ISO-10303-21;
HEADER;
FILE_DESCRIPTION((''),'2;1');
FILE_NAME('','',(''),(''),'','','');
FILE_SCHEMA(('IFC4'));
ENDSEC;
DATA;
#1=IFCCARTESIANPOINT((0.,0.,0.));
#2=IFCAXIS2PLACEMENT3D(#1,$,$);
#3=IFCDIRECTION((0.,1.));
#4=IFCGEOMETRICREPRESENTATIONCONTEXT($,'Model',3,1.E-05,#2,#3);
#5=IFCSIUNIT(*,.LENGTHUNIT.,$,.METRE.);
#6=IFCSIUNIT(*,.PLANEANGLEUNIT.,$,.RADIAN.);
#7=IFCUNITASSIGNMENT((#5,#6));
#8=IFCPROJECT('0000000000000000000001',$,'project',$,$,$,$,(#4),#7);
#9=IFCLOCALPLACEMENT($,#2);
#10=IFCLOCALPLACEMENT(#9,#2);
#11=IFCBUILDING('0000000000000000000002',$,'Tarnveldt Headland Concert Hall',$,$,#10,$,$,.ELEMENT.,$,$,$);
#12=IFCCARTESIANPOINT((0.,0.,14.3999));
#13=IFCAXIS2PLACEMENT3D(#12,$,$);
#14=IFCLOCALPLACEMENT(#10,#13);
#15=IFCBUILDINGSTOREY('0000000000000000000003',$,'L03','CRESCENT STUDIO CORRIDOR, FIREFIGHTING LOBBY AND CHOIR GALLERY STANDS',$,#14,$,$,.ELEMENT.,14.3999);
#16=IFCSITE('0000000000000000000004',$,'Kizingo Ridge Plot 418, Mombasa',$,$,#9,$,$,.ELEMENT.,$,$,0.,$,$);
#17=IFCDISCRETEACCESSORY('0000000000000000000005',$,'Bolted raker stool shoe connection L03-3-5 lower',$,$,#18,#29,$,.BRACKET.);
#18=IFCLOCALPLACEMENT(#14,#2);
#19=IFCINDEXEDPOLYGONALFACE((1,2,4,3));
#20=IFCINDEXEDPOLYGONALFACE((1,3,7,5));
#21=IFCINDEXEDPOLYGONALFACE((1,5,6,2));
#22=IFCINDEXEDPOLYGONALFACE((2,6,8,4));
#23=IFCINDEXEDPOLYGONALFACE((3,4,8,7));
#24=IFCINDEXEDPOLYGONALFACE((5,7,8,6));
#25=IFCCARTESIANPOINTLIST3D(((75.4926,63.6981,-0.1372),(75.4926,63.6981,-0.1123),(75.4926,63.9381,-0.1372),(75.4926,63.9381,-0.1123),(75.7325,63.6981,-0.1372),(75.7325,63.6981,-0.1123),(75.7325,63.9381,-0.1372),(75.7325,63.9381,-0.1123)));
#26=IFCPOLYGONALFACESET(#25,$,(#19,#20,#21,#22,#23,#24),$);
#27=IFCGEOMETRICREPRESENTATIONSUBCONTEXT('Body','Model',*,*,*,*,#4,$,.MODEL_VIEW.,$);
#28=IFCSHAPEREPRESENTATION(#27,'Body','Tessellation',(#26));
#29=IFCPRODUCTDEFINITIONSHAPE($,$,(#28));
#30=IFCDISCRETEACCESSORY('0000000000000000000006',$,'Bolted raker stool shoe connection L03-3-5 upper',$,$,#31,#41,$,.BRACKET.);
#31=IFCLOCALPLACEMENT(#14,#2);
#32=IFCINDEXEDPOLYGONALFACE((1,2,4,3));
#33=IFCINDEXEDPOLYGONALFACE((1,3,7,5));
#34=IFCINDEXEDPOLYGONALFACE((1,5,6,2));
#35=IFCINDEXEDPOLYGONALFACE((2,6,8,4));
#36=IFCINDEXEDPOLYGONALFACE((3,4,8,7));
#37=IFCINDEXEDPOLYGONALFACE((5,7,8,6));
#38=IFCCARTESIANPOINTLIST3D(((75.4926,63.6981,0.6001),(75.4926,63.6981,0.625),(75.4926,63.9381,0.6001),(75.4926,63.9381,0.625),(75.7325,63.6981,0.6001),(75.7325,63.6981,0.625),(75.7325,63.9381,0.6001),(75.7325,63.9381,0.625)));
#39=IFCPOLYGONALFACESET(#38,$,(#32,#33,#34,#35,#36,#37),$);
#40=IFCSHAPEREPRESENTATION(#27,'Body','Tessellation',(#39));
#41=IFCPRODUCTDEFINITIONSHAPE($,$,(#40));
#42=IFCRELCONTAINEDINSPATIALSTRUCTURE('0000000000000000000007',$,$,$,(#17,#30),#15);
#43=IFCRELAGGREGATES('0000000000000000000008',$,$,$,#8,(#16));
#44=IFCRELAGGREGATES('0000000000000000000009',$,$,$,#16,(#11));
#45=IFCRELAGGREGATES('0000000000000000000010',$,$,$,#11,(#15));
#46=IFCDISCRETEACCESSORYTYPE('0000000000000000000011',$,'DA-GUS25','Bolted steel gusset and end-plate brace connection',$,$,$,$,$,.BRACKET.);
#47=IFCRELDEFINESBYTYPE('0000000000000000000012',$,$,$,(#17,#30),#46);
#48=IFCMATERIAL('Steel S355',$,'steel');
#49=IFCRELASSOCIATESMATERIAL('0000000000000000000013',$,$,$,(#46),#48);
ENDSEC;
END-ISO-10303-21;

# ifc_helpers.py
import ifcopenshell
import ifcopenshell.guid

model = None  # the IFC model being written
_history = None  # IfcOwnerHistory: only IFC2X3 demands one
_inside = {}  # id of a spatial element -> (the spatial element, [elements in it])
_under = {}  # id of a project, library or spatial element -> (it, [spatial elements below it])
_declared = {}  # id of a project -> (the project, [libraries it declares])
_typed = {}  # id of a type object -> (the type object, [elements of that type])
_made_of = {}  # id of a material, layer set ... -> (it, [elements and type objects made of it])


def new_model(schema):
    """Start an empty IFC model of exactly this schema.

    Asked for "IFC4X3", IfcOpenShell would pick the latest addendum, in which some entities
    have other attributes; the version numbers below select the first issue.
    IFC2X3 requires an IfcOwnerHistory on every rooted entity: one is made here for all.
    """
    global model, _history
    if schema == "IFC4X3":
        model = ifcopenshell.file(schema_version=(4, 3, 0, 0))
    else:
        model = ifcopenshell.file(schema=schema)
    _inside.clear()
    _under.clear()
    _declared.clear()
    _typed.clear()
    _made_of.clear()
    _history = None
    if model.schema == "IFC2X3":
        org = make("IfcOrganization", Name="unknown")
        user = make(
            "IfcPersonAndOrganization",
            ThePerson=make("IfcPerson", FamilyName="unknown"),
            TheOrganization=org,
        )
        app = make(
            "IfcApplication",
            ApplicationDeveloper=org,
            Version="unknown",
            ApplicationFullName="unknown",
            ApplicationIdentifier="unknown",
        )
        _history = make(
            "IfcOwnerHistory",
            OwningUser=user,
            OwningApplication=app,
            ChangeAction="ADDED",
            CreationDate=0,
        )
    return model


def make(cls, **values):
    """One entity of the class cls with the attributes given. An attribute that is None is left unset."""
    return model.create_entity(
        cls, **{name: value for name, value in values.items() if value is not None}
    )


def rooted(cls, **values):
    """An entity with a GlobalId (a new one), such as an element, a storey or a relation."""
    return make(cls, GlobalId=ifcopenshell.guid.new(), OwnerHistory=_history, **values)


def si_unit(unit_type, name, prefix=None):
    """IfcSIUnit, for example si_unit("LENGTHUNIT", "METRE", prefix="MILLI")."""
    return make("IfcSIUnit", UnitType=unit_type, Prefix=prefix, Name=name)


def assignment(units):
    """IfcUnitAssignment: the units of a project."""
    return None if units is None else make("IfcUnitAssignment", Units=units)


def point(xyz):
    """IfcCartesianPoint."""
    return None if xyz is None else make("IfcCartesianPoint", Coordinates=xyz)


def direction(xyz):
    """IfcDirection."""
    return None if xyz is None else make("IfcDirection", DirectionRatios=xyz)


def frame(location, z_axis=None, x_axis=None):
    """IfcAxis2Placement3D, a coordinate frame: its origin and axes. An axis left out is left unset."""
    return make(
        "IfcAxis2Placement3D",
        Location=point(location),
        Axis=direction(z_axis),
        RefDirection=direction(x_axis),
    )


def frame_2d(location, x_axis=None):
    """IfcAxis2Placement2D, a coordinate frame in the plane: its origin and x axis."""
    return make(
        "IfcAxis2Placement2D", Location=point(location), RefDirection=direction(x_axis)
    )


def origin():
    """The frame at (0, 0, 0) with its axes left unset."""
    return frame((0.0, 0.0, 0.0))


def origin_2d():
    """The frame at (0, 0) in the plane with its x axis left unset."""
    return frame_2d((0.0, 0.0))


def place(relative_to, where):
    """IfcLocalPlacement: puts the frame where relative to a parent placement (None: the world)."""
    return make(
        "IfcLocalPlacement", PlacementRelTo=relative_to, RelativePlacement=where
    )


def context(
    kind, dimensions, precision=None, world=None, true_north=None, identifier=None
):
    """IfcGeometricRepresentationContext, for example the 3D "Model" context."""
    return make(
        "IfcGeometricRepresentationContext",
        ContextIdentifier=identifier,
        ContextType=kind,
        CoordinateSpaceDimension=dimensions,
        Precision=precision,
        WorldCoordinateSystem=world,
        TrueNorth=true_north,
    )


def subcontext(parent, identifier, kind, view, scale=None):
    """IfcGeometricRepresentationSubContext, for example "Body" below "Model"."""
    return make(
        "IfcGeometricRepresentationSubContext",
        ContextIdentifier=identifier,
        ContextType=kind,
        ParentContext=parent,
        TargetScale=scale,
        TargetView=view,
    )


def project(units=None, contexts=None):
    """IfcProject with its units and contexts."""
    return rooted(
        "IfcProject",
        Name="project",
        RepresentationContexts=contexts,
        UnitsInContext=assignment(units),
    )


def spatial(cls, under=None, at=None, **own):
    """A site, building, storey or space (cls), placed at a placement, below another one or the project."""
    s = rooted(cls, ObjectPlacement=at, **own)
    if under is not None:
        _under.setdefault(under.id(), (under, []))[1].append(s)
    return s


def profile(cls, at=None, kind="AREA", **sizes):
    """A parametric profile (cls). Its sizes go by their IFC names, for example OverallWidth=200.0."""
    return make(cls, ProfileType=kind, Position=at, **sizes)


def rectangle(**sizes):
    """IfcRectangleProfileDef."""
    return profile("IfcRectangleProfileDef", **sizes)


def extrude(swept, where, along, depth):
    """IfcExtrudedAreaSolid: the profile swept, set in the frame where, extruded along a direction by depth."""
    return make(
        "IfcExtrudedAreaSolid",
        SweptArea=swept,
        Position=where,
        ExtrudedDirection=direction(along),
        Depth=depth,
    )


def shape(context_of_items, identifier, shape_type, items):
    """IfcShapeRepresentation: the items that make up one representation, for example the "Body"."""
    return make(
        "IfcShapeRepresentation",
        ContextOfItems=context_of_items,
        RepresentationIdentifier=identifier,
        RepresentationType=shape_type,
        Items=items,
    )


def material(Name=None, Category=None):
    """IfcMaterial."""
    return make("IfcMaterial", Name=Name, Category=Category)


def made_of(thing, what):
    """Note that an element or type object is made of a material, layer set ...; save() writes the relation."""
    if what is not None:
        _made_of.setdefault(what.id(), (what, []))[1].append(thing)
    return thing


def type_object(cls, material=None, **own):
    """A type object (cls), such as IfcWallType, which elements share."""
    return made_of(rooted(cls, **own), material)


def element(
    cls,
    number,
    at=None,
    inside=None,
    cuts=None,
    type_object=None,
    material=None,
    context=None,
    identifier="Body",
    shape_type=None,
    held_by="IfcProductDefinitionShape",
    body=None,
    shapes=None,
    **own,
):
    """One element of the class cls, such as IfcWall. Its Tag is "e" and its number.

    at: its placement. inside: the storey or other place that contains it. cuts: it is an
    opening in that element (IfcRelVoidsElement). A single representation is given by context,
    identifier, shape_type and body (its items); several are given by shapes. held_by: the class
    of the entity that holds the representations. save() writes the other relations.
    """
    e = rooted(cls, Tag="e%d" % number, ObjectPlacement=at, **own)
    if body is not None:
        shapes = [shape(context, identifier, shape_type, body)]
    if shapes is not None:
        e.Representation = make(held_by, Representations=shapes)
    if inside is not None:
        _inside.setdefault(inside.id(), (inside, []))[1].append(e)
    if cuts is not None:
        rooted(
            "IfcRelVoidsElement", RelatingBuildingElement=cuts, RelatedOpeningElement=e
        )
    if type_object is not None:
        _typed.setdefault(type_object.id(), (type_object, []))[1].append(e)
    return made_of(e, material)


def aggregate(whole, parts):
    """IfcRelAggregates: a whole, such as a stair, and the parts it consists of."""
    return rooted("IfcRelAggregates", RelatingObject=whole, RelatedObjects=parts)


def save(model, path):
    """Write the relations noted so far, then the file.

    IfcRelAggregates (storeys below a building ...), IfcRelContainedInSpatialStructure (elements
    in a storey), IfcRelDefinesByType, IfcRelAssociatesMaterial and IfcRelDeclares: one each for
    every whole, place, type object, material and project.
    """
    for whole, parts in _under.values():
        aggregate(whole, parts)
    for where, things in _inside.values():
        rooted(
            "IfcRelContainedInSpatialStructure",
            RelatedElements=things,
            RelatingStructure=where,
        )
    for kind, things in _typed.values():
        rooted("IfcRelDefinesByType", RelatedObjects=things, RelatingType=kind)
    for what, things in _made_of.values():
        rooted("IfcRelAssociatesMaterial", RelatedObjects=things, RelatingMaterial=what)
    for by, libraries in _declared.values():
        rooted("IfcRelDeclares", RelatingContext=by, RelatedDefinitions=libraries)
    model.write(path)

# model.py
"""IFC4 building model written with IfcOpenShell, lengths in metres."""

from ifc_helpers import new_model, si_unit, direction, frame, origin, origin_2d, place, context, subcontext, project, spatial, rectangle, extrude, material, type_object, element, save


model = new_model("IFC4")

# Units and contexts
model_context = context("Model", 3, precision=1e-05, world=origin(), true_north=direction((0.0, 1.0)))
body_context = subcontext(model_context, "Body", "Model", "MODEL_VIEW")
ifc_project = project(units=[si_unit("LENGTHUNIT", "METRE"), si_unit("PLANEANGLEUNIT", "RADIAN")], contexts=[model_context])

# Site, building, storey
site_placement = place(None, origin())
site = spatial("IfcSite", under=ifc_project, at=site_placement, Name="Kizingo Ridge Plot 418, Mombasa", CompositionType="ELEMENT", RefElevation=0.0)
building_placement = place(site_placement, origin())
building = spatial("IfcBuilding", under=site, at=building_placement, Name="Tarnveldt Headland Concert Hall", CompositionType="ELEMENT")
storey_placement = place(building_placement, frame((0.0, 0.0, 14.3999)))
storey = spatial("IfcBuildingStorey", under=building, at=storey_placement, Name="L03", Description="CRESCENT STUDIO CORRIDOR, FIREFIGHTING LOBBY AND CHOIR GALLERY STANDS", CompositionType="ELEMENT", Elevation=14.3999)

# Shared definitions
ifc_material_1 = material(Name="Steel S355", Category="steel")

# Discrete accessories
discrete_accessory_type = type_object("IfcDiscreteAccessoryType", Name="DA-GUS25", Description="Bolted steel gusset and end-plate brace connection", PredefinedType="BRACKET", material=ifc_material_1)
for number, where, z_axis, x_axis, name in (
    (1, (75.6125, 63.8181, -0.1372), (0.0, 0.0, 1.0), (1.0, 0.0, 0.0), "Bolted raker stool shoe connection L03-3-5 lower"),
    (2, (75.6125, 63.8181, 0.6001), (0.0, 0.0, 1.0), (1.0, 0.0, 0.0), "Bolted raker stool shoe connection L03-3-5 upper"),
):
    element("IfcDiscreteAccessory", number, at=place(storey_placement, frame(where, z_axis=z_axis, x_axis=x_axis)), inside=storey, type_object=discrete_accessory_type, Name=name, PredefinedType="BRACKET", context=body_context, shape_type="SweptSolid", body=[
        extrude(rectangle(XDim=0.24, YDim=0.24, at=origin_2d()), origin(), (0.0, 0.0, 1.0), 0.0249),
    ])

save(model, "model.ifc")
